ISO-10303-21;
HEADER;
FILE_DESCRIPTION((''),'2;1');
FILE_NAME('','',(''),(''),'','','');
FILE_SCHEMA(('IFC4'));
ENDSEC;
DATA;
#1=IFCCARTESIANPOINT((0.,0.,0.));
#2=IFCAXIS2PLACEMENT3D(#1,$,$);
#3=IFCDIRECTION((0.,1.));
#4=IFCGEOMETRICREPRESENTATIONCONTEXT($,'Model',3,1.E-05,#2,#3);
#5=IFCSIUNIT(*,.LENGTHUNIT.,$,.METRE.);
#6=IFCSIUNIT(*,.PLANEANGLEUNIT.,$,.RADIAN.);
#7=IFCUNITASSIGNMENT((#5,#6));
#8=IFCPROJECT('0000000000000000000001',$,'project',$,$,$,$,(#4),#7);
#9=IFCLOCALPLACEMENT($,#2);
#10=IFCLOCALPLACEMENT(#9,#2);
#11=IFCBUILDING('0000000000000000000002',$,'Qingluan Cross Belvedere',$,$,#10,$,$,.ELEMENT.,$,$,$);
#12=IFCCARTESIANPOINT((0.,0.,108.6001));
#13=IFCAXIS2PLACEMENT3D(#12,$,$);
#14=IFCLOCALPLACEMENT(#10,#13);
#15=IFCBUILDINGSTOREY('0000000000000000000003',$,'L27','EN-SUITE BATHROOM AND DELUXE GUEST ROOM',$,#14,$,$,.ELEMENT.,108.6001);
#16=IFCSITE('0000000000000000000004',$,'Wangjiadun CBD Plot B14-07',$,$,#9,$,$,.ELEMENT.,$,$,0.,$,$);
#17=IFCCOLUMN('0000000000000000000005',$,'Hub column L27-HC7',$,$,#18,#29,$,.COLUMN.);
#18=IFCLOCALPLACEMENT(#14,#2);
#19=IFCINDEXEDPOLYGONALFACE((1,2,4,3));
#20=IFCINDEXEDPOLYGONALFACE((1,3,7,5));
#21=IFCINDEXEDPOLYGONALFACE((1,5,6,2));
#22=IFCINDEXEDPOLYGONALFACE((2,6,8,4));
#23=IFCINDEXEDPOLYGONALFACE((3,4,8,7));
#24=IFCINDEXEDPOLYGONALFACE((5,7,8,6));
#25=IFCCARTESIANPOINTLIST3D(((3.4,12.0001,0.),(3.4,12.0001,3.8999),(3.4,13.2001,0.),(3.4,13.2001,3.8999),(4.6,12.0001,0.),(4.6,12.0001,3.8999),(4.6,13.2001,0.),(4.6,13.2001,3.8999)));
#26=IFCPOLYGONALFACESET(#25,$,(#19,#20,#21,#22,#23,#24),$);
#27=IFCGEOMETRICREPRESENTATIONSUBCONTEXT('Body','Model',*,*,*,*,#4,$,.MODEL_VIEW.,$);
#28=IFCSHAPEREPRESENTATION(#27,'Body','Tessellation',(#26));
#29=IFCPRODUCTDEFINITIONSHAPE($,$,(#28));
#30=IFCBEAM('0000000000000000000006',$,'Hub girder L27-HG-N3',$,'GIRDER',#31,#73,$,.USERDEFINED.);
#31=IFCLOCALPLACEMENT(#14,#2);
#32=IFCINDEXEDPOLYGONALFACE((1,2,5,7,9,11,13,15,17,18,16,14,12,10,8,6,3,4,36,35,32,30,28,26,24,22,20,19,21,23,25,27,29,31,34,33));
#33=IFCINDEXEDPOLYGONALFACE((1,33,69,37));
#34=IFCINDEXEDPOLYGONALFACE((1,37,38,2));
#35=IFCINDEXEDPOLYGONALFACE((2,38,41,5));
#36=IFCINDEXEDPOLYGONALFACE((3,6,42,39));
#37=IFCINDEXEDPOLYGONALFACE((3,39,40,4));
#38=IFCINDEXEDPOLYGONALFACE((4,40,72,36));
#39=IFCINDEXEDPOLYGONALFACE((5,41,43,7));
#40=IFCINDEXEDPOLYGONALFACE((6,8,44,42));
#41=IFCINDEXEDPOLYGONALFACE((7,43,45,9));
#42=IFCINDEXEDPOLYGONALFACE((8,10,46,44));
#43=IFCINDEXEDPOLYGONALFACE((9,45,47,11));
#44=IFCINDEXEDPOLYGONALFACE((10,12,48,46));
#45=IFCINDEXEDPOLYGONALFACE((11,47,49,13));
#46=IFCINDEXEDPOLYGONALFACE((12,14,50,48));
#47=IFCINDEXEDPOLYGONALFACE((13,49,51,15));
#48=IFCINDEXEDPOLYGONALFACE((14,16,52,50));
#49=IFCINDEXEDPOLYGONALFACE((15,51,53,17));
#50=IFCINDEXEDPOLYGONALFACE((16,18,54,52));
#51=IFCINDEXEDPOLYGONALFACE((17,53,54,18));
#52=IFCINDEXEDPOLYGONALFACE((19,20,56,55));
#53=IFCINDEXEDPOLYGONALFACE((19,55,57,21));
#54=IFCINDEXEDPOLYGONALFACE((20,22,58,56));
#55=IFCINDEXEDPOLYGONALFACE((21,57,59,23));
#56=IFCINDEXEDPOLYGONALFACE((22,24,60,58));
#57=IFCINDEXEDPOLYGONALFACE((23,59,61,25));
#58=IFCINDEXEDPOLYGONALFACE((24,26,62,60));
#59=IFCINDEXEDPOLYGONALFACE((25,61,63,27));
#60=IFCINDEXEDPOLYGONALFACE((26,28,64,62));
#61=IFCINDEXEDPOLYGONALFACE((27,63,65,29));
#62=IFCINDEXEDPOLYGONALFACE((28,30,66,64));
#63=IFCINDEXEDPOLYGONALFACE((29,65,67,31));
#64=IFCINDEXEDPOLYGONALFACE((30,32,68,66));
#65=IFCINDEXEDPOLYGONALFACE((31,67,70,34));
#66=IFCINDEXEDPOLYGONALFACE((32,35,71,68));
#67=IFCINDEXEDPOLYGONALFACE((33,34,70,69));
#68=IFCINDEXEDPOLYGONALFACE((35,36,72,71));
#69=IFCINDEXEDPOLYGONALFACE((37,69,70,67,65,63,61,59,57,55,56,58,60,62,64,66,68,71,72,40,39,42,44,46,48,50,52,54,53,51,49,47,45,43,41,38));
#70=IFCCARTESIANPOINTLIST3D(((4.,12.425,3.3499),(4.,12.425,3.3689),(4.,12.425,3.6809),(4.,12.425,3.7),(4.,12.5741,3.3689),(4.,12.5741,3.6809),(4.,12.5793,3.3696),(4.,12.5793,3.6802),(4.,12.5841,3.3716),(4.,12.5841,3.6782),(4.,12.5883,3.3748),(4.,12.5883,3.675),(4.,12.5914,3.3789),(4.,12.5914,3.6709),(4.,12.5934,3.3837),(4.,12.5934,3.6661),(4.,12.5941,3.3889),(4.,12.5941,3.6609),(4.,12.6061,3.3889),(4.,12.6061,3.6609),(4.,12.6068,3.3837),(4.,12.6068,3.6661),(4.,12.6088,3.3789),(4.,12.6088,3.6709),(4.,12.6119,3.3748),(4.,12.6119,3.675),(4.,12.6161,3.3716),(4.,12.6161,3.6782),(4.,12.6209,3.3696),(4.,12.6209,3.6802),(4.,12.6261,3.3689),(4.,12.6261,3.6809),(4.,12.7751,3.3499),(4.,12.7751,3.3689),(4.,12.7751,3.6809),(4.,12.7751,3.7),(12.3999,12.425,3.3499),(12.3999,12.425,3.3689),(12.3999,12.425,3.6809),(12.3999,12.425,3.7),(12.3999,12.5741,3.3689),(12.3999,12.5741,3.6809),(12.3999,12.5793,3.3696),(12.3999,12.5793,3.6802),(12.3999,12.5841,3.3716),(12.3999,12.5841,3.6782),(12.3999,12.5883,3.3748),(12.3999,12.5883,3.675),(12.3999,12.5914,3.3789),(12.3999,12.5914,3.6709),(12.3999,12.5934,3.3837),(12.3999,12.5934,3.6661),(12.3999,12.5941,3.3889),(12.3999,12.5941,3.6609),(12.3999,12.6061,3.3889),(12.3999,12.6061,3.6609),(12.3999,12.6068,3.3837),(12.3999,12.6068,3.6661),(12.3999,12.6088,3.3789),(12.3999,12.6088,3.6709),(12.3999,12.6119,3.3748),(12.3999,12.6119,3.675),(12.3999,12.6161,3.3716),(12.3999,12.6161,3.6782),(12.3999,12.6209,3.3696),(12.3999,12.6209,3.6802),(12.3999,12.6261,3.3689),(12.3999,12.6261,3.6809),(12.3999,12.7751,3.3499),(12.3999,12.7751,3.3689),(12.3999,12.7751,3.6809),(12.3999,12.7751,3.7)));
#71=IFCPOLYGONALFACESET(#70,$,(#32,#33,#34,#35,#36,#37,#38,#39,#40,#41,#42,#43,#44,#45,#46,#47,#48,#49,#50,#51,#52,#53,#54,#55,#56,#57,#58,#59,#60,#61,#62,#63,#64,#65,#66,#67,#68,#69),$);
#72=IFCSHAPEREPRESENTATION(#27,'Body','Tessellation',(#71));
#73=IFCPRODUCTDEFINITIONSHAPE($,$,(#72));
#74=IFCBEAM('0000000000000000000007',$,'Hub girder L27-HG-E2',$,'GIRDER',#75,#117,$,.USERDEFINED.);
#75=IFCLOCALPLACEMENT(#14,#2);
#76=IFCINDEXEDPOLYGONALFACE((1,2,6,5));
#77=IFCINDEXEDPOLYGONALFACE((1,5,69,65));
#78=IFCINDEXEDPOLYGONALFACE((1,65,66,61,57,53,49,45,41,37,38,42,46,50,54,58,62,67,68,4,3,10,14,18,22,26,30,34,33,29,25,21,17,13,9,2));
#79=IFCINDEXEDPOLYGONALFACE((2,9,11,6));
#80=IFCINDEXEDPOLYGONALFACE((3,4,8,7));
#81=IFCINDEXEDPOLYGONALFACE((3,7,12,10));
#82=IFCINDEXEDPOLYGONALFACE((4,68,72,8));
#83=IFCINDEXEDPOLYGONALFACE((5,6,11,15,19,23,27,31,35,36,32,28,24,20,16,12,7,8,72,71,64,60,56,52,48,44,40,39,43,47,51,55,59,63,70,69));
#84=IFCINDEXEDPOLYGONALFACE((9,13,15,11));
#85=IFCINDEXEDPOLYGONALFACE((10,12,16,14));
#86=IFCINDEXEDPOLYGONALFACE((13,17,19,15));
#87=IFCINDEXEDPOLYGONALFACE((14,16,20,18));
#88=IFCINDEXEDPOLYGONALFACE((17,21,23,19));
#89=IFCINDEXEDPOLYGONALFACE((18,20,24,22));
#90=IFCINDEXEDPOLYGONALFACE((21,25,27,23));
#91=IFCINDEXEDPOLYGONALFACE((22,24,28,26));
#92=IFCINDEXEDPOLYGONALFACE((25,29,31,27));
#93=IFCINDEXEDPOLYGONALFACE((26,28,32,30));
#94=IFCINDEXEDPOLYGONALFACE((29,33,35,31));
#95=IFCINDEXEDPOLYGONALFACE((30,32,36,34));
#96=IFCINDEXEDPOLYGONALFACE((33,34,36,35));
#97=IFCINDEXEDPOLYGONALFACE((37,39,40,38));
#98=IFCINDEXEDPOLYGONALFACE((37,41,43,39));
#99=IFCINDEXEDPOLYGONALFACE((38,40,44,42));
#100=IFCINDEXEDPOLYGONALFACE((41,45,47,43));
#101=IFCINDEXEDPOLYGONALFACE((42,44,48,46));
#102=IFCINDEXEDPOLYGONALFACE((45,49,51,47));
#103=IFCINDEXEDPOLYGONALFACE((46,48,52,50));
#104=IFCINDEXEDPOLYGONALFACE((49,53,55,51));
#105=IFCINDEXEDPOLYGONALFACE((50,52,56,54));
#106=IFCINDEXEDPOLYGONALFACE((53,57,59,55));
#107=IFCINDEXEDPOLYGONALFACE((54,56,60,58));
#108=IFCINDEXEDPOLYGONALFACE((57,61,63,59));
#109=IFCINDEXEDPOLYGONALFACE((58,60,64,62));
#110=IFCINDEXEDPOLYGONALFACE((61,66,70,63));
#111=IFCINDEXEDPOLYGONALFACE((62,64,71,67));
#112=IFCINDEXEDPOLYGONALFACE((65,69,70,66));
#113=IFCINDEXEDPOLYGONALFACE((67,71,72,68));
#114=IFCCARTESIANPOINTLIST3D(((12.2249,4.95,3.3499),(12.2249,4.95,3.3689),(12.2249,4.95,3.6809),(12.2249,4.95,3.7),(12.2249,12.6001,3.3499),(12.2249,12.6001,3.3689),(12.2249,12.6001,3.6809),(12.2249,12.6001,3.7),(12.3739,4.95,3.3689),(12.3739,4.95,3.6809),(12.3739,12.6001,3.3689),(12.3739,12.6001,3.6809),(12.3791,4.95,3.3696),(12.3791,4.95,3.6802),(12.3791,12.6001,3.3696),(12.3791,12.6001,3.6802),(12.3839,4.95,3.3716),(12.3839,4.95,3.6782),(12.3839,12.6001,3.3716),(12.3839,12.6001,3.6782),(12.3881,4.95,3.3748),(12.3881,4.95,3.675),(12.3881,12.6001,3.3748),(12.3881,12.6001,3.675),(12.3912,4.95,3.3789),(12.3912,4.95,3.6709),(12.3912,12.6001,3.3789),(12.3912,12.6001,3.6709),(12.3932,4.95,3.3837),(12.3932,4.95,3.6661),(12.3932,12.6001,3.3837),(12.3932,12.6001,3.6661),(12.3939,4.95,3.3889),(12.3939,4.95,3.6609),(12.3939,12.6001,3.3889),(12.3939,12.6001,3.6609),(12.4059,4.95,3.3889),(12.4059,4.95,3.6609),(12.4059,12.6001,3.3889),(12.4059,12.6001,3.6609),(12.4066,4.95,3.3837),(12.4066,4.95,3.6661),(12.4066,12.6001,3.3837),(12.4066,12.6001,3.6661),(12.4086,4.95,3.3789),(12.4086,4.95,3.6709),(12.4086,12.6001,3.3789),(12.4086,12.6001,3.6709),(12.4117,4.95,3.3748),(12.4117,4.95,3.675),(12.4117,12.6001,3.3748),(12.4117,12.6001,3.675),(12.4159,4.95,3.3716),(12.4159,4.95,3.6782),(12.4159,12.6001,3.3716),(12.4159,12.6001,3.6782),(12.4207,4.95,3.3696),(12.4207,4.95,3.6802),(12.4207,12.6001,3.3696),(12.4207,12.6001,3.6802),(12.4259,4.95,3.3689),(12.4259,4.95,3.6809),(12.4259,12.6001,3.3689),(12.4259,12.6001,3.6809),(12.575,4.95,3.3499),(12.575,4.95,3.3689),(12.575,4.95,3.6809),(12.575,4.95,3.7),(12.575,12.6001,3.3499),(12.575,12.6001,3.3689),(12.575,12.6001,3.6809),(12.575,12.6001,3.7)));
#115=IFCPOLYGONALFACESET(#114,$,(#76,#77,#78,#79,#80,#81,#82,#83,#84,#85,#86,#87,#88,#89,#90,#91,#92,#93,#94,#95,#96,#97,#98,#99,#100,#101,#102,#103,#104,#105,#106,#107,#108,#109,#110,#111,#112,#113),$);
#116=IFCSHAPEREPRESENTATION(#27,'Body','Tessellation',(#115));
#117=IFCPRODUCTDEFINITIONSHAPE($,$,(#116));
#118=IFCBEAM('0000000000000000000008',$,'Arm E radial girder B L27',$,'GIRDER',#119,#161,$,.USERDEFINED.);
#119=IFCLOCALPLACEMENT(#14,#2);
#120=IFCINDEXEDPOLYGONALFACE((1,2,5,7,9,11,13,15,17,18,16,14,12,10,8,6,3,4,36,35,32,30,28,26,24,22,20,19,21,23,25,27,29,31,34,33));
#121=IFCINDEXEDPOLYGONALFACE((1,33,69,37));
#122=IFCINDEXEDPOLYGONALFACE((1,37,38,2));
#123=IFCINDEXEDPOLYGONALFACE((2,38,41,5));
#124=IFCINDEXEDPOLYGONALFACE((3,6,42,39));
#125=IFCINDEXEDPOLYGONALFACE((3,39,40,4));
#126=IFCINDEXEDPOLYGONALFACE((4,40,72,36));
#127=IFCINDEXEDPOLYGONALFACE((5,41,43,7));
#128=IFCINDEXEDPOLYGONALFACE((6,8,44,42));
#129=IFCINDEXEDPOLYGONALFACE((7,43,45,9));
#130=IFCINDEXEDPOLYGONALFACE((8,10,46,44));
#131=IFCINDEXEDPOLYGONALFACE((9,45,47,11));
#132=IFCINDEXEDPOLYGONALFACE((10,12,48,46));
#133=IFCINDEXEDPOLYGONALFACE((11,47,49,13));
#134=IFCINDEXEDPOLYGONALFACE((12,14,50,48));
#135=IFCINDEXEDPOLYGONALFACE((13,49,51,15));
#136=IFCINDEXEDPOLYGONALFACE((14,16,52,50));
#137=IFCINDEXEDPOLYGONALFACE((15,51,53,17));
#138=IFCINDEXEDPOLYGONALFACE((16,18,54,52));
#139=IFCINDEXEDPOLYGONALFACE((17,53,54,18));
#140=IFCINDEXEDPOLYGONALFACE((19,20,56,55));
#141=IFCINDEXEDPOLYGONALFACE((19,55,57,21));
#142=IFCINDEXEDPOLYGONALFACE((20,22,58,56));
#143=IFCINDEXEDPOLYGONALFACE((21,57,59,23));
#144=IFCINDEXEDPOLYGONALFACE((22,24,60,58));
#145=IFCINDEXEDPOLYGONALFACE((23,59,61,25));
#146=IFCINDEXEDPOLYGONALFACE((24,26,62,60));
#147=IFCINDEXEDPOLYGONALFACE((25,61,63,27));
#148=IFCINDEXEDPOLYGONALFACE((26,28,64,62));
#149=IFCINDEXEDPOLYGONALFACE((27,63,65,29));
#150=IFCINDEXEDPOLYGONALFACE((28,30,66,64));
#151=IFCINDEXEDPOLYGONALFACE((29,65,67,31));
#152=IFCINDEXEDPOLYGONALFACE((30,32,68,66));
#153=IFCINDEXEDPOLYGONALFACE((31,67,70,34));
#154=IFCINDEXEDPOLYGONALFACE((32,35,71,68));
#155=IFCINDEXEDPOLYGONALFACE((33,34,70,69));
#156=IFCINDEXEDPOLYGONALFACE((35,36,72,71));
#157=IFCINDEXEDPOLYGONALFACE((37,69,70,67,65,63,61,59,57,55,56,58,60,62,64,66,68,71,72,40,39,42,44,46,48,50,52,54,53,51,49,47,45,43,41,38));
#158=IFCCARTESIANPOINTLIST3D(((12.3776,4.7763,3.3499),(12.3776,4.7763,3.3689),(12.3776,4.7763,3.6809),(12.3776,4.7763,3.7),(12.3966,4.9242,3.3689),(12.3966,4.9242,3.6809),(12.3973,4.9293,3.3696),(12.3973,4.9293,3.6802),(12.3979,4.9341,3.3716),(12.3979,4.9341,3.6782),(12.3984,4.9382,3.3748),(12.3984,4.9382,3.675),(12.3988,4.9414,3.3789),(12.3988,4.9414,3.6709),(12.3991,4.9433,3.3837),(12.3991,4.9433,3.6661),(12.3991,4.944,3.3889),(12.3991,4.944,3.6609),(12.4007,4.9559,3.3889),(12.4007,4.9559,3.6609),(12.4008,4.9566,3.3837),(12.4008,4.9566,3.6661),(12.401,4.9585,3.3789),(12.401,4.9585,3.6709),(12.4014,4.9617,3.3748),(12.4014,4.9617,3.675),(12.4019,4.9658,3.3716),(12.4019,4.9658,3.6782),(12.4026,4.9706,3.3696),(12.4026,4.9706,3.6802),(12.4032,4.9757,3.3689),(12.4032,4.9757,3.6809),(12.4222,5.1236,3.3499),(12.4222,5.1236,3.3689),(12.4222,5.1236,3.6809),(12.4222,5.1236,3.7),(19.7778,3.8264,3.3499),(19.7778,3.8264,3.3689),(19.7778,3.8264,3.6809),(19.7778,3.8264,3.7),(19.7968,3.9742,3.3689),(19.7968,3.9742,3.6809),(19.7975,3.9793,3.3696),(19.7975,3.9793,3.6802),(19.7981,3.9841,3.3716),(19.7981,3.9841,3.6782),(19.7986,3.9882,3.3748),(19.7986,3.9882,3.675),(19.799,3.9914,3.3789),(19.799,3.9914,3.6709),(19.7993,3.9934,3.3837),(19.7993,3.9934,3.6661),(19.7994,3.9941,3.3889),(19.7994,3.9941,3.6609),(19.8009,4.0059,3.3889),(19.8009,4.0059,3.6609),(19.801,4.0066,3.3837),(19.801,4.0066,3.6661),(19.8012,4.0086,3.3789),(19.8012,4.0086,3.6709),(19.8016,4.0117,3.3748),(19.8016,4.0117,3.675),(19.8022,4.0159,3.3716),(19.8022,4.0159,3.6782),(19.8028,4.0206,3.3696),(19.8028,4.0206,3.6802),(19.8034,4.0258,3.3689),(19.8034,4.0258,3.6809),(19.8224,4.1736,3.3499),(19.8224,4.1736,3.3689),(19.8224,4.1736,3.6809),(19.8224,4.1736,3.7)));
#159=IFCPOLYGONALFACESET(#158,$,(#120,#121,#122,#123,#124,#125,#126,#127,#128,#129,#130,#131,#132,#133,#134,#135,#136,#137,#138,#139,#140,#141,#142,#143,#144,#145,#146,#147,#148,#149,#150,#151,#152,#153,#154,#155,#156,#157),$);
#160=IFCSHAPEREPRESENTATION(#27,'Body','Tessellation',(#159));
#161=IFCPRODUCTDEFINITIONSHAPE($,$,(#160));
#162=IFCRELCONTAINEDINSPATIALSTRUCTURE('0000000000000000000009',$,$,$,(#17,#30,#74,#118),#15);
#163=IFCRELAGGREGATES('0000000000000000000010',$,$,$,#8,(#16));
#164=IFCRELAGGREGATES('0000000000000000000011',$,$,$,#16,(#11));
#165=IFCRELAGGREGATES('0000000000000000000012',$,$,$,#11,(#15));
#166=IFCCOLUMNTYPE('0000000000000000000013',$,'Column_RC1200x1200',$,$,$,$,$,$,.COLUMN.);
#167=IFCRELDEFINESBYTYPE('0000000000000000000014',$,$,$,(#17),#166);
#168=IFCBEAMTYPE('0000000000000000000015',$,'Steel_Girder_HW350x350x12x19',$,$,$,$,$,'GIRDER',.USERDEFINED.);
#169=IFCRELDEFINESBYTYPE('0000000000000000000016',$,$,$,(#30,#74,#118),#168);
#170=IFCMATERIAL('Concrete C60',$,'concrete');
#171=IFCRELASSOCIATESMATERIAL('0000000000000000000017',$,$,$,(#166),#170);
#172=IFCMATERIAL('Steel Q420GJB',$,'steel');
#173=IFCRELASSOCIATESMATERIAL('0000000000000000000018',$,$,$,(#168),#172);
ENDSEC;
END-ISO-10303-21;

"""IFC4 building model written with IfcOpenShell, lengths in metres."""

from ifc_helpers import new_model, si_unit, direction, frame, origin, origin_2d, place, context, subcontext, project, spatial, rectangle, i_section, extrude, material, material_profile, profile_set, type_object, element, save


model = new_model("IFC4")

# Units and contexts
model_context = context("Model", 3, precision=1e-05, world=origin(), true_north=direction((0.0, 1.0)))
body_context = subcontext(model_context, "Body", "Model", "MODEL_VIEW")
ifc_project = project(units=[si_unit("LENGTHUNIT", "METRE"), si_unit("PLANEANGLEUNIT", "RADIAN")], contexts=[model_context])

# Site, building, storey
site_placement = place(None, origin())
site = spatial("IfcSite", under=ifc_project, at=site_placement, Name="Wangjiadun CBD Plot B14-07", CompositionType="ELEMENT", RefElevation=0.0)
building_placement = place(site_placement, origin())
building = spatial("IfcBuilding", under=site, at=building_placement, Name="Qingluan Cross Belvedere", CompositionType="ELEMENT")
storey_placement = place(building_placement, frame((0.0, 0.0, 108.6001)))
storey = spatial("IfcBuildingStorey", under=building, at=storey_placement, Name="L27", Description="EN-SUITE BATHROOM AND DELUXE GUEST ROOM", CompositionType="ELEMENT", Elevation=108.6001)

# Column
ifc_material_1 = material(Name="Concrete C60", Category="concrete")
ifc_material_profile_1 = material_profile(ifc_material_1, rectangle(XDim=1.2, YDim=1.2, at=origin_2d()), Name="RC1200x1200")
ifc_profile_set_1 = profile_set([ifc_material_profile_1], Name="Concrete C60")
column_type = type_object("IfcColumnType", Name="Column_RC1200x1200", PredefinedType="COLUMN", material=ifc_profile_set_1)
column_placement = place(storey_placement, frame((4.0, 12.6001, 0.0), z_axis=(0.0, 0.0, 1.0), x_axis=(1.0, 0.0, 0.0)))
element("IfcColumn", 1, at=column_placement, inside=storey, type_object=column_type, Name="Hub column L27-HC7", PredefinedType="COLUMN", context=body_context, shape_type="SweptSolid", body=[
    extrude(rectangle(XDim=1.2, YDim=1.2, at=origin_2d()), origin(), (0.0, 0.0, 1.0), 3.8999),
])

# Beams
ifc_material_2 = material(Name="Steel Q420GJB", Category="steel")
ifc_material_profile_2 = material_profile(ifc_material_2, i_section(OverallWidth=0.3501, OverallDepth=0.3501, WebThickness=0.012, FlangeThickness=0.019, FilletRadius=0.02, at=origin_2d()), Name="HW350x350x12x19")
ifc_profile_set_2 = profile_set([ifc_material_profile_2], Name="Steel Q420GJB")
beam_type = type_object("IfcBeamType", Name="Steel_Girder_HW350x350x12x19", ElementType="GIRDER", PredefinedType="USERDEFINED", material=ifc_profile_set_2)
beam_1_placement = place(storey_placement, frame((4.0, 12.6001, 3.5249), z_axis=(1.0, 0.0, 0.0), x_axis=(0.0, 1.0, 0.0)))
element("IfcBeam", 2, at=beam_1_placement, inside=storey, type_object=beam_type, Name="Hub girder L27-HG-N3", ObjectType="GIRDER", PredefinedType="USERDEFINED", context=body_context, shape_type="SweptSolid", body=[
    extrude(i_section(OverallWidth=0.3501, OverallDepth=0.3501, WebThickness=0.012, FlangeThickness=0.019, FilletRadius=0.02, at=origin_2d()), origin(), (0.0, 0.0, 1.0), 8.3999),
])
beam_2_placement = place(storey_placement, frame((12.3999, 4.95, 3.5249), z_axis=(0.0, 1.0, 0.0), x_axis=(-1.0, 0.0, 0.0)))
element("IfcBeam", 3, at=beam_2_placement, inside=storey, type_object=beam_type, Name="Hub girder L27-HG-E2", ObjectType="GIRDER", PredefinedType="USERDEFINED", context=body_context, shape_type="SweptSolid", body=[
    extrude(i_section(OverallWidth=0.3501, OverallDepth=0.3501, WebThickness=0.012, FlangeThickness=0.019, FilletRadius=0.02, at=origin_2d()), origin(), (0.0, 0.0, 1.0), 7.6501),
])
beam_3_placement = place(storey_placement, frame((12.3999, 4.95, 3.5249), z_axis=(0.991861, -0.127324, 0.0), x_axis=(0.127324, 0.991861, 0.0)))
element("IfcBeam", 4, at=beam_3_placement, inside=storey, type_object=beam_type, Name="Arm E radial girder B L27", ObjectType="GIRDER", PredefinedType="USERDEFINED", context=body_context, shape_type="SweptSolid", body=[
    extrude(i_section(OverallWidth=0.3501, OverallDepth=0.3501, WebThickness=0.012, FlangeThickness=0.019, FilletRadius=0.02, at=origin_2d()), origin(), (0.0, 0.0, 1.0), 7.4609),
])

save(model, "model.ifc")
